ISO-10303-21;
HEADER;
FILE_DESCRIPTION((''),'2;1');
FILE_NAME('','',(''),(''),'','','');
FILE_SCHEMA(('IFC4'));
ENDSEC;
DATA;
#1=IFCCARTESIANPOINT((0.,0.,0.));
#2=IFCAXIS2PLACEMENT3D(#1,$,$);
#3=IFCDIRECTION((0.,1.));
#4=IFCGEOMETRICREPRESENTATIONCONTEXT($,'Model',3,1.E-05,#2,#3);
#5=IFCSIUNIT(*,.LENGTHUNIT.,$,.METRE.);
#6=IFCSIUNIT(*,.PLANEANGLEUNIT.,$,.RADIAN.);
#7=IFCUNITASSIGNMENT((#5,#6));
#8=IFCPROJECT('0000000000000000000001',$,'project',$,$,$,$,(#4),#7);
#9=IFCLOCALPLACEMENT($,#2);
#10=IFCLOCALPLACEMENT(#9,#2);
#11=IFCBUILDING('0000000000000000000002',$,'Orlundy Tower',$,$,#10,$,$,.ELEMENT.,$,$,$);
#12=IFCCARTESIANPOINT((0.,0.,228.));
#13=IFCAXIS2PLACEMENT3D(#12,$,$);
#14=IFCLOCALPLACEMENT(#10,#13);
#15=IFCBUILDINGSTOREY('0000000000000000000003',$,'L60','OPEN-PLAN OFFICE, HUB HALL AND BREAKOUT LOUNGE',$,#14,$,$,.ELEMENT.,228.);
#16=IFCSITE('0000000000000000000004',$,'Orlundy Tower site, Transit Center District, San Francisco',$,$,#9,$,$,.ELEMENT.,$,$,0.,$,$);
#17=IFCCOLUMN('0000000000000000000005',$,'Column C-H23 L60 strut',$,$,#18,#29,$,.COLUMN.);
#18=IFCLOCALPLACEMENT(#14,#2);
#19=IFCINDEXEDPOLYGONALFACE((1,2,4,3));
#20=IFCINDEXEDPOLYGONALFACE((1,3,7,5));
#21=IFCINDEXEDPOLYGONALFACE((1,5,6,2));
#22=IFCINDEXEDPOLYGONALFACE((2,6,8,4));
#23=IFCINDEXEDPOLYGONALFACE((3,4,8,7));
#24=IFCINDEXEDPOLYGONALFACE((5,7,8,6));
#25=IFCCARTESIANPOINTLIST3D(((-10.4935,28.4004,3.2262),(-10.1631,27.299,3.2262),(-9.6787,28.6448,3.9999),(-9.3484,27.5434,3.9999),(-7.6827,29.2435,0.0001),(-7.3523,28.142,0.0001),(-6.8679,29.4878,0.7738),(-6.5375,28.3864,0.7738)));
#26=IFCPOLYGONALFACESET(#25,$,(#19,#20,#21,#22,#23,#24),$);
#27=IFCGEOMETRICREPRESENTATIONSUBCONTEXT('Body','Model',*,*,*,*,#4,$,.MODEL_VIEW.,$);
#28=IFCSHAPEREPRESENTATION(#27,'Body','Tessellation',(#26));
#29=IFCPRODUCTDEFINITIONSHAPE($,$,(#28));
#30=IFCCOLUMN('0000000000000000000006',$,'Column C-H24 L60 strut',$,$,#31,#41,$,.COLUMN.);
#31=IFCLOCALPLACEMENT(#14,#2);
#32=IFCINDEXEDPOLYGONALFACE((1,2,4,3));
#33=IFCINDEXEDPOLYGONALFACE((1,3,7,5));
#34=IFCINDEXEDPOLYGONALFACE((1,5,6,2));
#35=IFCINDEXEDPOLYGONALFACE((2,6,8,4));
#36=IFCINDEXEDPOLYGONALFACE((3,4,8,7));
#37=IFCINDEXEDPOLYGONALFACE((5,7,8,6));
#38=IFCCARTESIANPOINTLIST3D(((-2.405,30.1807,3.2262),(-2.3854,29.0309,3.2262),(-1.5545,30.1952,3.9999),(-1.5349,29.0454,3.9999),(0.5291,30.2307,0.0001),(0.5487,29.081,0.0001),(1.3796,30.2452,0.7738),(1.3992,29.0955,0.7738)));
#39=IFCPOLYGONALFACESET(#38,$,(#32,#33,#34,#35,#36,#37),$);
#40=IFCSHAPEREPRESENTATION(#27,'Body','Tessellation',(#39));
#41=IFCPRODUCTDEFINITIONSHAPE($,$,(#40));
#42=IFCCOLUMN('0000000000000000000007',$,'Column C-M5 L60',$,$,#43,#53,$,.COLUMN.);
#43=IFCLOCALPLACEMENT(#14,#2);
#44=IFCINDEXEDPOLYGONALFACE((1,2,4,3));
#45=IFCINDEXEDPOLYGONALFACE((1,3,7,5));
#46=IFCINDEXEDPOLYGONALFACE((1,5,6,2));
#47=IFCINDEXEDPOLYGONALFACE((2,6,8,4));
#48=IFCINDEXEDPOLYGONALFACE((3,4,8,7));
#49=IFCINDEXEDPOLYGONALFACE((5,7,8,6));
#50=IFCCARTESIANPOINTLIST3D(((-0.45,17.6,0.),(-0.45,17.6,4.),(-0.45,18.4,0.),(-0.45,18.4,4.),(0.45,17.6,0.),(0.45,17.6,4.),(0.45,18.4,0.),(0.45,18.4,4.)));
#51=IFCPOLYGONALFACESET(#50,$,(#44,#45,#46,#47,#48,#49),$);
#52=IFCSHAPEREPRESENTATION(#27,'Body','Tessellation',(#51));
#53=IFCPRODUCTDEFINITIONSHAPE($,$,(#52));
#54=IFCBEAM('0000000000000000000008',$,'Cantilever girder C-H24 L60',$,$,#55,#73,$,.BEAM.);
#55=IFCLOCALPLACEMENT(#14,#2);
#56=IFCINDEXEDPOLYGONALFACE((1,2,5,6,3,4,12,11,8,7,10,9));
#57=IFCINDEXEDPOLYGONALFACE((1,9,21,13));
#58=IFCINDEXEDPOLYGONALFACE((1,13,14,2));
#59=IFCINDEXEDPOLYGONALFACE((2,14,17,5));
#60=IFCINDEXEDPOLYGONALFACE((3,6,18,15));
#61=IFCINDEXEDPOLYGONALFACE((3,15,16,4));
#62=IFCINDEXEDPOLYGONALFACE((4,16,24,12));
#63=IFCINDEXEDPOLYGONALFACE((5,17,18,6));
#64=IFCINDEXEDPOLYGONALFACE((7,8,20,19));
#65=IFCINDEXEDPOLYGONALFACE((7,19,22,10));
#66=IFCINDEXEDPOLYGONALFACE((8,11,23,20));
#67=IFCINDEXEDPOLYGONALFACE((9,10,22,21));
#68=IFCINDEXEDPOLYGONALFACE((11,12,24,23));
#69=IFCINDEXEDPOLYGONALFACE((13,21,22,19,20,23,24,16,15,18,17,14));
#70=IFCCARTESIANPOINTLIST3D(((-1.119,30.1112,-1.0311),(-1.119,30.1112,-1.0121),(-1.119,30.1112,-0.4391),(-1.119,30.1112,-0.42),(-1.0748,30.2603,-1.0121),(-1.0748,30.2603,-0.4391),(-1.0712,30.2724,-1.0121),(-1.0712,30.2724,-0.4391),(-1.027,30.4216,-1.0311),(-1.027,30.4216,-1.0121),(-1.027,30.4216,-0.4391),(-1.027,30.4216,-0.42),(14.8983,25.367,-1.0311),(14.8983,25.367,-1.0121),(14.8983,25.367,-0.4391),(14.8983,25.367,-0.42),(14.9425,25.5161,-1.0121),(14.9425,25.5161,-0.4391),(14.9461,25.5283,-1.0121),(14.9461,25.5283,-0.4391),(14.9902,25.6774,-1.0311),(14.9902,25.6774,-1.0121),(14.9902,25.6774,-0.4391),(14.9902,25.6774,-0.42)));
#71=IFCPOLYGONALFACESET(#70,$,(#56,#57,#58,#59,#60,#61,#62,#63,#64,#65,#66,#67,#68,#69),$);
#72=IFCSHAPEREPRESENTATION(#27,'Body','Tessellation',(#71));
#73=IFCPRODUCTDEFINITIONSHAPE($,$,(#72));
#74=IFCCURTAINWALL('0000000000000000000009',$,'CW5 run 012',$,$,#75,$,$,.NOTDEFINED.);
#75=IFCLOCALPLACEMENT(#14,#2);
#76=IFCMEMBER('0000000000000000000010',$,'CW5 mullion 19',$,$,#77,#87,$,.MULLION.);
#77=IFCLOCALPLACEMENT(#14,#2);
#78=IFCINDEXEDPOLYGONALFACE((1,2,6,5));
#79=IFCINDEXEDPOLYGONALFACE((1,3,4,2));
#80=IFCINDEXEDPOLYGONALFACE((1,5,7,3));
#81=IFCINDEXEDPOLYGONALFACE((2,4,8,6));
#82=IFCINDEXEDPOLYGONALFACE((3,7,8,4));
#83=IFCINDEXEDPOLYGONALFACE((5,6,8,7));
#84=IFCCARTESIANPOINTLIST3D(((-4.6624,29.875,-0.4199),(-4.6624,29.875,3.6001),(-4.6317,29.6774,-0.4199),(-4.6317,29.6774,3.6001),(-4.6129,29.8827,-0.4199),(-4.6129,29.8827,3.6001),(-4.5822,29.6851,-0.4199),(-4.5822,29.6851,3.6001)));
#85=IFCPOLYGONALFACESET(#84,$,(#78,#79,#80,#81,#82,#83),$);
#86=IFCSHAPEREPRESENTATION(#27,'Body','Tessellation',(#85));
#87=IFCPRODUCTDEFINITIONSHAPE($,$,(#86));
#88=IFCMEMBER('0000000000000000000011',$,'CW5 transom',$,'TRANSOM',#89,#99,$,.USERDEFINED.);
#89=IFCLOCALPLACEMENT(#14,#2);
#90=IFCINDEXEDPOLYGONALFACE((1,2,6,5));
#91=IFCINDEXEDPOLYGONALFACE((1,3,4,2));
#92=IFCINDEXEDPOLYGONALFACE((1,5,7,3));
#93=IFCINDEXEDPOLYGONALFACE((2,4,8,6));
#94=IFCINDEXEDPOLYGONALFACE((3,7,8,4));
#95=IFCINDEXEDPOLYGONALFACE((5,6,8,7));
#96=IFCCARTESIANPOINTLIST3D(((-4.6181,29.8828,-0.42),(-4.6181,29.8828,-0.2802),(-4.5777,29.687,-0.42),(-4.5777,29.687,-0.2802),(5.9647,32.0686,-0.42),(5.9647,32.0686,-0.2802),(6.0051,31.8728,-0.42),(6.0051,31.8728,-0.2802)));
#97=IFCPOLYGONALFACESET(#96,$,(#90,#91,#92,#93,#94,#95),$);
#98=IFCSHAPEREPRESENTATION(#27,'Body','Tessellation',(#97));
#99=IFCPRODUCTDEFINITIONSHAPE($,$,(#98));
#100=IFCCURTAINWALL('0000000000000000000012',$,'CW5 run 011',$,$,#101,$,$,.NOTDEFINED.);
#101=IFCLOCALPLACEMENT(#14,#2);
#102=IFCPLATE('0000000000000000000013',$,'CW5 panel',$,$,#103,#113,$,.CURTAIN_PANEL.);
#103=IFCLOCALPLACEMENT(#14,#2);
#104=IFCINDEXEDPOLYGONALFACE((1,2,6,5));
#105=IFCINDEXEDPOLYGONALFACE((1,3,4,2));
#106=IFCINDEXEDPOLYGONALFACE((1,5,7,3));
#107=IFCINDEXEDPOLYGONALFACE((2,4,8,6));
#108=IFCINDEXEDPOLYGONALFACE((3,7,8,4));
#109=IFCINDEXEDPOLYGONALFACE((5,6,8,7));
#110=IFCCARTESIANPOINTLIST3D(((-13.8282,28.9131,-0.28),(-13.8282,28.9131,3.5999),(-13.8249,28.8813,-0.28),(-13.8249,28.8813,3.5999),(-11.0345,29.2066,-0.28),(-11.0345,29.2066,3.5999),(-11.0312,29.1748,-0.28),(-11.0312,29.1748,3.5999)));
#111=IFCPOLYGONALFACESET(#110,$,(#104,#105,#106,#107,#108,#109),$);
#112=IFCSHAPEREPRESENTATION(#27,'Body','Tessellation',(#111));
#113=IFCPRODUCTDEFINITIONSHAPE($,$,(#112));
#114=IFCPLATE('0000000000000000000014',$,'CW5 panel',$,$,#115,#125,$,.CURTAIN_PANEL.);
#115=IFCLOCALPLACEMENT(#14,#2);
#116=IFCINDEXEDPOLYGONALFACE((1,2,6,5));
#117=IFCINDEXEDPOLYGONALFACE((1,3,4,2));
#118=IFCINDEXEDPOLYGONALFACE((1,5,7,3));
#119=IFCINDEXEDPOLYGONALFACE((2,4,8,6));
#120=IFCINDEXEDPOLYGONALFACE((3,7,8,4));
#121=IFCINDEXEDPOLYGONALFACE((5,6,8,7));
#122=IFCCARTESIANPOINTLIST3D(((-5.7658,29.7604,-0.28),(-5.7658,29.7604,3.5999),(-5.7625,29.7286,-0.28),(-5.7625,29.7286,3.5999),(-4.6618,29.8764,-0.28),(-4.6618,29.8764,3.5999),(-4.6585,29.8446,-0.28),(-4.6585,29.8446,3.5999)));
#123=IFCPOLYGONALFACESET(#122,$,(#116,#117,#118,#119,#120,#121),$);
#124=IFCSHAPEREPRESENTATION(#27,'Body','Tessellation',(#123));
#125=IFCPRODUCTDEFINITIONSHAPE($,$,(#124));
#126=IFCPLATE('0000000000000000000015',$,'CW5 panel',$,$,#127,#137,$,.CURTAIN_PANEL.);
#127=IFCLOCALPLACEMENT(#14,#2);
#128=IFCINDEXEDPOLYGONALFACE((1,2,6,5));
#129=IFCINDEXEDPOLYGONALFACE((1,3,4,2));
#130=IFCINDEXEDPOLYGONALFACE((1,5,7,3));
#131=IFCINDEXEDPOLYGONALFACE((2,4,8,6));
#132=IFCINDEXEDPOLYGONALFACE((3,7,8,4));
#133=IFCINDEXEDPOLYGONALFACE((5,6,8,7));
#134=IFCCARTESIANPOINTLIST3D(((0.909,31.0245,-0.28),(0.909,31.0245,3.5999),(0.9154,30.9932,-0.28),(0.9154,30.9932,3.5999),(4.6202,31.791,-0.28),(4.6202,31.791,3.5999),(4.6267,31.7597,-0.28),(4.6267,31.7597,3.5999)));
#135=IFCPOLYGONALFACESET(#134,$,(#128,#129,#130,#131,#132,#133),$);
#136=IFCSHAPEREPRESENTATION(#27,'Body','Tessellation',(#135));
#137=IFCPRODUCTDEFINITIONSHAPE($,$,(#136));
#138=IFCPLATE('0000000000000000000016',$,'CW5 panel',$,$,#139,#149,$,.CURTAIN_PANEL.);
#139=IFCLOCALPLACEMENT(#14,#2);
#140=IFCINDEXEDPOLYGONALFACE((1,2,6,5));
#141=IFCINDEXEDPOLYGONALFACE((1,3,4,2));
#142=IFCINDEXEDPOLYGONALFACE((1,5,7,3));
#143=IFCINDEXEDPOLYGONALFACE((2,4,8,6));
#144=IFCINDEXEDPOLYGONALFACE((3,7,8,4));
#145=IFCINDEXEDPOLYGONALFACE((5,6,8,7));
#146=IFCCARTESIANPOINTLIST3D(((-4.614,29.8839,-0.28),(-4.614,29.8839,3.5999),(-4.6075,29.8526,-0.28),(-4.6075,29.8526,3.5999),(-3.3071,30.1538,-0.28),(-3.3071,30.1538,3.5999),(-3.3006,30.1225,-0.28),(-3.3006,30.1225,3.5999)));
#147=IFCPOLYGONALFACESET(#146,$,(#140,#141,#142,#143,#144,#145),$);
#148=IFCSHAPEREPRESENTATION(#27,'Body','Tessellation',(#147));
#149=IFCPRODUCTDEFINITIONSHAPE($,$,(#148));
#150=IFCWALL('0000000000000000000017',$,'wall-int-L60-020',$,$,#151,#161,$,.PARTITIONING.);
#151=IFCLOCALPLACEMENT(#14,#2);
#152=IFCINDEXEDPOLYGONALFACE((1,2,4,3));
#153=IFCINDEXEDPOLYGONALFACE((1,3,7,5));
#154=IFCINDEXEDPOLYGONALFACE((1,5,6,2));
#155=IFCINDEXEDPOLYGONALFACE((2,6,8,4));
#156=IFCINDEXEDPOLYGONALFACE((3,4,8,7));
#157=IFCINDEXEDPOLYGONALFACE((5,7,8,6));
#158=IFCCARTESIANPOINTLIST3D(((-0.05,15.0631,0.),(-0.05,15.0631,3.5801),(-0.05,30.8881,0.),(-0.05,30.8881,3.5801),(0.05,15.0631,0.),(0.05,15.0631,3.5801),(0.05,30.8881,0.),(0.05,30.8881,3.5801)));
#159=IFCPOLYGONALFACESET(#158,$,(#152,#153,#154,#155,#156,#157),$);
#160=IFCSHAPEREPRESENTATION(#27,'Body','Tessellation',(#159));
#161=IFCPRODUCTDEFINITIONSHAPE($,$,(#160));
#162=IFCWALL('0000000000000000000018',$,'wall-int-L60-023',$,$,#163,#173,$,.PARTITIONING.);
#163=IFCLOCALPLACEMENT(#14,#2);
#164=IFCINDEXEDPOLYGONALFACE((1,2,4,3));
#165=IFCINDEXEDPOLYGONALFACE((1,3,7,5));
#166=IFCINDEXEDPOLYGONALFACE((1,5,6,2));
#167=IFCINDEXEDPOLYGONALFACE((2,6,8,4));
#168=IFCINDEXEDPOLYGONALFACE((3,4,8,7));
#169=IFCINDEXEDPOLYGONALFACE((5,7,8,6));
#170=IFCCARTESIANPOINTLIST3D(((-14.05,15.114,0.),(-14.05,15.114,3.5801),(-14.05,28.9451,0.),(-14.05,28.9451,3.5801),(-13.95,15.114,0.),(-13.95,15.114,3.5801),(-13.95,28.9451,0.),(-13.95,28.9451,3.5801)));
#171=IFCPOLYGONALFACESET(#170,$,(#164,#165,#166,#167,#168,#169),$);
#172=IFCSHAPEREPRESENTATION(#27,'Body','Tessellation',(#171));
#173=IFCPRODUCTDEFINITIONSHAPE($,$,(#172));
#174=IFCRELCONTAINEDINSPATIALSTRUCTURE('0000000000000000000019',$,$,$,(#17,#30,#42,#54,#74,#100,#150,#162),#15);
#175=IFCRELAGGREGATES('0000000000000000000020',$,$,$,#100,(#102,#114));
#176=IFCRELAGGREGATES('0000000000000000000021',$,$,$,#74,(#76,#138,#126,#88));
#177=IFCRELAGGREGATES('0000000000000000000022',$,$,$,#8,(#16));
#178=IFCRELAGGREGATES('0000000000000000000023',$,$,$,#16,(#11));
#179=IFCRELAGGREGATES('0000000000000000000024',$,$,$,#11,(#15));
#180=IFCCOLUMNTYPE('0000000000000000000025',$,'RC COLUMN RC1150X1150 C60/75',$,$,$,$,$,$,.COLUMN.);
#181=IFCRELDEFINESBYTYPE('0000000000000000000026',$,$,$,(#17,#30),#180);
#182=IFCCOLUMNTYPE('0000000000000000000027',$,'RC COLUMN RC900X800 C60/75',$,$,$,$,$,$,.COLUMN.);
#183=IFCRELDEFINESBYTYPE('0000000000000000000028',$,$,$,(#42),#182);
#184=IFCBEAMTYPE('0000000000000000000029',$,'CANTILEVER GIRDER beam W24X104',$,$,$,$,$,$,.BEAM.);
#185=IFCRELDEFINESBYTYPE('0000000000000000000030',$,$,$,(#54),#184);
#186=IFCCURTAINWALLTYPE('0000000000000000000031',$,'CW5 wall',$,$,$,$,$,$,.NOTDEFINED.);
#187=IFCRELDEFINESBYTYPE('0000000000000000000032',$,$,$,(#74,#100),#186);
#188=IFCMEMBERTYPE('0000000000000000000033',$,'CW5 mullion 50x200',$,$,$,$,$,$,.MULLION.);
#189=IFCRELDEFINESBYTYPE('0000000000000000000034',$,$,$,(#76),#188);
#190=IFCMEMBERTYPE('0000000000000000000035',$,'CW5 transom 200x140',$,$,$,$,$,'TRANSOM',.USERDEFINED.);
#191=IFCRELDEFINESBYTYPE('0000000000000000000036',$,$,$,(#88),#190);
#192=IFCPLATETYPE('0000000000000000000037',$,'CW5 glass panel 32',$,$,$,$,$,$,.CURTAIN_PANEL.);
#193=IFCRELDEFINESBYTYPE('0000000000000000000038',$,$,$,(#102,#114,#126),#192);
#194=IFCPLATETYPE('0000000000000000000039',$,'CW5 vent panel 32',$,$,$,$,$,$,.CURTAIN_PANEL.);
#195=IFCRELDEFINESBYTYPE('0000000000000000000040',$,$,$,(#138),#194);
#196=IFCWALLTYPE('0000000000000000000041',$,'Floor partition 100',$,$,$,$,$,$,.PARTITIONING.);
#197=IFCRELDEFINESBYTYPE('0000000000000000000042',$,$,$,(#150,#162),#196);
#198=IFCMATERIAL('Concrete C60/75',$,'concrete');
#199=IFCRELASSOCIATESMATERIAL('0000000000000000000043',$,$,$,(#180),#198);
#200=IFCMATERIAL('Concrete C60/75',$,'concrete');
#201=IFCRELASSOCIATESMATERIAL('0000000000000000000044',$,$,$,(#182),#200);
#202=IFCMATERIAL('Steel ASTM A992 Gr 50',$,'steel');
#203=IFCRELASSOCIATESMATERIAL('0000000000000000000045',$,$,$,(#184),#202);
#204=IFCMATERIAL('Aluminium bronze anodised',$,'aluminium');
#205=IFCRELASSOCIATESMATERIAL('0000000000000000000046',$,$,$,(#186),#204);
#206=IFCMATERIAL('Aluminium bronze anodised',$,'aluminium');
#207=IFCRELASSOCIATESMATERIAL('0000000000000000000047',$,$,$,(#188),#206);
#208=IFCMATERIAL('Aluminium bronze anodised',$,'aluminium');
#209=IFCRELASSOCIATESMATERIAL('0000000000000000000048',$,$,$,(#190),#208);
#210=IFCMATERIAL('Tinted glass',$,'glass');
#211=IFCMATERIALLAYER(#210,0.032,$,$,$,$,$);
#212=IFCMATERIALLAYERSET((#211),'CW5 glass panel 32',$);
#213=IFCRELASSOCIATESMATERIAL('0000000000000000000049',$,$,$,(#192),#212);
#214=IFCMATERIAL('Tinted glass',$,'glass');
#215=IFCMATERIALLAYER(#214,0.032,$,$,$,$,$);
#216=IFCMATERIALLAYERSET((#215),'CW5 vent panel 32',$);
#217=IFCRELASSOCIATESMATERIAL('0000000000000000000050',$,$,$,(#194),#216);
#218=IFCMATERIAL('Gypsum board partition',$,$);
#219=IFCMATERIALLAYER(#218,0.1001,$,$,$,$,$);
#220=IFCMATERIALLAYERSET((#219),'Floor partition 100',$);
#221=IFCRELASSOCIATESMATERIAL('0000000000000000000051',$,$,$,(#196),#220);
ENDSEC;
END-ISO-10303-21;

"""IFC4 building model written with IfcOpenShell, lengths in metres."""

from ifc_helpers import new_model, si_unit, direction, frame, frame_2d, origin, origin_2d, place, context, subcontext, project, spatial, rectangle, i_section, extrude, material, layer, layer_set, material_profile, profile_set, type_object, element, aggregate, save


model = new_model("IFC4")

# Units and contexts
model_context = context("Model", 3, precision=1e-05, world=origin(), true_north=direction((0.0, 1.0)))
body_context = subcontext(model_context, "Body", "Model", "MODEL_VIEW")
ifc_project = project(units=[si_unit("LENGTHUNIT", "METRE"), si_unit("PLANEANGLEUNIT", "RADIAN")], contexts=[model_context])

# Site, building, storey
site_placement = place(None, origin())
site = spatial("IfcSite", under=ifc_project, at=site_placement, Name="Orlundy Tower site, Transit Center District, San Francisco", CompositionType="ELEMENT", RefElevation=0.0)
building_placement = place(site_placement, origin())
building = spatial("IfcBuilding", under=site, at=building_placement, Name="Orlundy Tower", CompositionType="ELEMENT")
storey_placement = place(building_placement, frame((0.0, 0.0, 228.0)))
storey = spatial("IfcBuildingStorey", under=building, at=storey_placement, Name="L60", Description="OPEN-PLAN OFFICE, HUB HALL AND BREAKOUT LOUNGE", CompositionType="ELEMENT", Elevation=228.0)

# Columns
ifc_material_1 = material(Name="Concrete C60/75", Category="concrete")
ifc_material_profile_1 = material_profile(ifc_material_1, rectangle(XDim=1.1499, YDim=1.1499, at=origin_2d()), Name="RC1150X1150")
ifc_profile_set_1 = profile_set([ifc_material_profile_1], Name="Concrete C60/75")
column_type_1 = type_object("IfcColumnType", Name="RC COLUMN RC1150X1150 C60/75", PredefinedType="COLUMN", material=ifc_profile_set_1)
for number, where, z_axis, x_axis, name in (
    (1, (-7.1101, 28.8149, 0.387), (-0.644521, -0.193306, 0.739747), (0.287279, -0.957847, 0.0), "Column C-H23 L60 strut"),
    (2, (0.9641, 29.6631, 0.387), (-0.67279, -0.011476, 0.739744), (0.017055, -0.999855, 0.0), "Column C-H24 L60 strut"),
):
    element("IfcColumn", number, at=place(storey_placement, frame(where, z_axis=z_axis, x_axis=x_axis)), inside=storey, type_object=column_type_1, Name=name, PredefinedType="COLUMN", context=body_context, shape_type="SweptSolid", body=[
        extrude(rectangle(XDim=1.1499, YDim=1.1499, at=origin_2d()), origin(), (0.0, 0.0, 1.0), 4.3611),
    ])
ifc_material_2 = material(Name="Concrete C60/75", Category="concrete")
ifc_material_profile_2 = material_profile(ifc_material_2, rectangle(XDim=0.8999, YDim=0.8, at=origin_2d()), Name="RC900X800")
ifc_profile_set_2 = profile_set([ifc_material_profile_2], Name="Concrete C60/75")
column_type_2 = type_object("IfcColumnType", Name="RC COLUMN RC900X800 C60/75", PredefinedType="COLUMN", material=ifc_profile_set_2)
column_placement = place(storey_placement, frame((0.0, 18.0, 0.0), z_axis=(0.0, 0.0, 1.0), x_axis=(1.0, 0.0, 0.0)))
element("IfcColumn", 3, at=column_placement, inside=storey, type_object=column_type_2, Name="Column C-M5 L60", PredefinedType="COLUMN", context=body_context, shape_type="SweptSolid", body=[
    extrude(rectangle(XDim=0.8999, YDim=0.8, at=origin_2d()), origin(), (0.0, 0.0, 1.0), 4.0),
])

# Beam
ifc_material_3 = material(Name="Steel ASTM A992 Gr 50", Category="steel")
ifc_material_profile_3 = material_profile(ifc_material_3, i_section(OverallWidth=0.3237, OverallDepth=0.6111, WebThickness=0.0127, FlangeThickness=0.019, at=origin_2d()), Name="W24X104")
ifc_profile_set_3 = profile_set([ifc_material_profile_3], Name="Steel ASTM A992 Gr 50")
beam_type = type_object("IfcBeamType", Name="CANTILEVER GIRDER beam W24X104", PredefinedType="BEAM", material=ifc_profile_set_3)
beam_placement = place(storey_placement, frame((-1.073, 30.2664, -0.7256), z_axis=(0.958826, -0.283993, 0.0), x_axis=(0.283993, 0.958826, 0.0)))
element("IfcBeam", 4, at=beam_placement, inside=storey, type_object=beam_type, Name="Cantilever girder C-H24 L60", PredefinedType="BEAM", context=body_context, shape_type="SweptSolid", body=[
    extrude(i_section(OverallWidth=0.3237, OverallDepth=0.6111, WebThickness=0.0127, FlangeThickness=0.019, at=origin_2d()), origin(), (0.0, 0.0, 1.0), 16.7051),
])

# Curtain wall, members
ifc_material_4 = material(Name="Aluminium bronze anodised", Category="aluminium")
curtain_wall_type = type_object("IfcCurtainWallType", Name="CW5 wall", PredefinedType="NOTDEFINED", material=ifc_material_4)
curtain_wall_1_placement = place(storey_placement, origin())
curtain_wall_1 = element("IfcCurtainWall", 5, at=curtain_wall_1_placement, inside=storey, type_object=curtain_wall_type, Name="CW5 run 012", PredefinedType="NOTDEFINED")
ifc_material_5 = material(Name="Aluminium bronze anodised", Category="aluminium")
ifc_material_profile_4 = material_profile(ifc_material_5, rectangle(XDim=0.2, YDim=0.05, at=origin_2d()), Name="CW5 mullion 50x200")
ifc_profile_set_4 = profile_set([ifc_material_profile_4], Name="Aluminium bronze anodised")
member_type_1 = type_object("IfcMemberType", Name="CW5 mullion 50x200", PredefinedType="MULLION", material=ifc_profile_set_4)
member_1_placement = place(storey_placement, frame((-4.6223, 29.78, -0.4199), z_axis=(0.0, 0.0, 1.0), x_axis=(-0.153574, 0.988137, 0.0)))
member_1 = element("IfcMember", 6, at=member_1_placement, type_object=member_type_1, Name="CW5 mullion 19", PredefinedType="MULLION", context=body_context, shape_type="SweptSolid", body=[
    extrude(rectangle(XDim=0.2, YDim=0.05, at=origin_2d()), origin(), (0.0, 0.0, 1.0), 4.02),
])
ifc_material_6 = material(Name="Aluminium bronze anodised", Category="aluminium")
ifc_material_profile_5 = material_profile(ifc_material_6, rectangle(XDim=0.2, YDim=0.1399, at=origin_2d()), Name="CW5 transom 200x140")
ifc_profile_set_5 = profile_set([ifc_material_profile_5], Name="Aluminium bronze anodised")
member_type_2 = type_object("IfcMemberType", Name="CW5 transom 200x140", ElementType="TRANSOM", PredefinedType="USERDEFINED", material=ifc_profile_set_5)
member_2_placement = place(storey_placement, frame((-4.5979, 29.7849, -0.3501), z_axis=(0.979329, 0.202273, 0.0), x_axis=(-0.202273, 0.979329, 0.0)))
member_2 = element("IfcMember", 7, at=member_2_placement, type_object=member_type_2, Name="CW5 transom", ObjectType="TRANSOM", PredefinedType="USERDEFINED", context=body_context, shape_type="SweptSolid", body=[
    extrude(rectangle(XDim=0.2, YDim=0.1399, at=origin_2d()), origin(), (0.0, 0.0, 1.0), 10.8062),
])

# Curtain wall, plates
curtain_wall_2_placement = place(storey_placement, origin())
curtain_wall_2 = element("IfcCurtainWall", 8, at=curtain_wall_2_placement, inside=storey, type_object=curtain_wall_type, Name="CW5 run 011", PredefinedType="NOTDEFINED")
ifc_material_7 = material(Name="Tinted glass", Category="glass")
ifc_layer_1 = layer(ifc_material_7, 0.032)
ifc_layer_set_1 = layer_set([ifc_layer_1], Name="CW5 glass panel 32")
plate_type_1 = type_object("IfcPlateType", Name="CW5 glass panel 32", PredefinedType="CURTAIN_PANEL", material=ifc_layer_set_1)
plate_1_placement = place(storey_placement, frame((-12.4297, 29.0439, -0.28), z_axis=(0.0, 0.0, 1.0), x_axis=(0.994524, 0.104504, 0.0)))
plate_1 = element("IfcPlate", 9, at=plate_1_placement, type_object=plate_type_1, Name="CW5 panel", PredefinedType="CURTAIN_PANEL", context=body_context, shape_type="SweptSolid", body=[
    extrude(rectangle(XDim=2.8091, YDim=0.032, at=origin_2d()), origin(), (0.0, 0.0, 1.0), 3.8799),
])
plate_2_placement = place(storey_placement, frame((-5.2122, 29.8025, -0.28), z_axis=(0.0, 0.0, 1.0), x_axis=(0.994524, 0.104504, 0.0)))
plate_2 = element("IfcPlate", 10, at=plate_2_placement, type_object=plate_type_1, Name="CW5 panel", PredefinedType="CURTAIN_PANEL", context=body_context, shape_type="SweptSolid", body=[
    extrude(rectangle(XDim=1.1101, YDim=0.032, at=origin_2d()), origin(), (0.0, 0.0, 1.0), 3.8799),
])
aggregate(curtain_wall_2, [plate_1, plate_2])

# Plates
plate_3_placement = place(storey_placement, frame((2.7678, 31.3921, -0.28), z_axis=(0.0, 0.0, 1.0), x_axis=(0.97933, 0.202267, 0.0)))
plate_3 = element("IfcPlate", 11, at=plate_3_placement, type_object=plate_type_1, Name="CW5 panel", PredefinedType="CURTAIN_PANEL", context=body_context, shape_type="SweptSolid", body=[
    extrude(rectangle(XDim=3.7896, YDim=0.032, at=origin_2d()), origin(), (0.0, 0.0, 1.0), 3.8799),
])
ifc_material_8 = material(Name="Tinted glass", Category="glass")
ifc_layer_2 = layer(ifc_material_8, 0.032)
ifc_layer_set_2 = layer_set([ifc_layer_2], Name="CW5 vent panel 32")
plate_type_2 = type_object("IfcPlateType", Name="CW5 vent panel 32", PredefinedType="CURTAIN_PANEL", material=ifc_layer_set_2)
plate_4_placement = place(storey_placement, frame((-3.9573, 30.0032, -0.28), z_axis=(0.0, 0.0, 1.0), x_axis=(0.97933, 0.202267, 0.0)))
plate_4 = element("IfcPlate", 12, at=plate_4_placement, type_object=plate_type_2, Name="CW5 panel", PredefinedType="CURTAIN_PANEL", context=body_context, shape_type="SweptSolid", body=[
    extrude(rectangle(XDim=1.3345, YDim=0.032, at=origin_2d()), origin(), (0.0, 0.0, 1.0), 3.8799),
])
aggregate(curtain_wall_1, [member_1, plate_4, plate_3, member_2])

# Walls
ifc_material_9 = material(Name="Gypsum board partition")
ifc_layer_3 = layer(ifc_material_9, 0.1001)
ifc_layer_set_3 = layer_set([ifc_layer_3], Name="Floor partition 100")
wall_type_1 = type_object("IfcWallType", Name="Floor partition 100", PredefinedType="PARTITIONING", material=ifc_layer_set_3)
wall_1_placement = place(storey_placement, frame((0.0, 15.063, 0.0), z_axis=(0.0, 0.0, 1.0), x_axis=(0.0, 1.0, 0.0)))
element("IfcWall", 13, at=wall_1_placement, inside=storey, type_object=wall_type_1, Name="wall-int-L60-020", PredefinedType="PARTITIONING", context=body_context, shape_type="SweptSolid", body=[
    extrude(rectangle(XDim=15.825, YDim=0.1001, at=frame_2d((7.9126, 0.0))), origin(), (0.0, 0.0, 1.0), 3.5801),
])
wall_2_placement = place(storey_placement, frame((-14.0, 15.114, 0.0), z_axis=(0.0, 0.0, 1.0), x_axis=(0.0, 1.0, 0.0)))
element("IfcWall", 14, at=wall_2_placement, inside=storey, type_object=wall_type_1, Name="wall-int-L60-023", PredefinedType="PARTITIONING", context=body_context, shape_type="SweptSolid", body=[
    extrude(rectangle(XDim=13.8311, YDim=0.1001, at=frame_2d((6.9155, 0.0))), origin(), (0.0, 0.0, 1.0), 3.5801),
])

save(model, "model.ifc")
